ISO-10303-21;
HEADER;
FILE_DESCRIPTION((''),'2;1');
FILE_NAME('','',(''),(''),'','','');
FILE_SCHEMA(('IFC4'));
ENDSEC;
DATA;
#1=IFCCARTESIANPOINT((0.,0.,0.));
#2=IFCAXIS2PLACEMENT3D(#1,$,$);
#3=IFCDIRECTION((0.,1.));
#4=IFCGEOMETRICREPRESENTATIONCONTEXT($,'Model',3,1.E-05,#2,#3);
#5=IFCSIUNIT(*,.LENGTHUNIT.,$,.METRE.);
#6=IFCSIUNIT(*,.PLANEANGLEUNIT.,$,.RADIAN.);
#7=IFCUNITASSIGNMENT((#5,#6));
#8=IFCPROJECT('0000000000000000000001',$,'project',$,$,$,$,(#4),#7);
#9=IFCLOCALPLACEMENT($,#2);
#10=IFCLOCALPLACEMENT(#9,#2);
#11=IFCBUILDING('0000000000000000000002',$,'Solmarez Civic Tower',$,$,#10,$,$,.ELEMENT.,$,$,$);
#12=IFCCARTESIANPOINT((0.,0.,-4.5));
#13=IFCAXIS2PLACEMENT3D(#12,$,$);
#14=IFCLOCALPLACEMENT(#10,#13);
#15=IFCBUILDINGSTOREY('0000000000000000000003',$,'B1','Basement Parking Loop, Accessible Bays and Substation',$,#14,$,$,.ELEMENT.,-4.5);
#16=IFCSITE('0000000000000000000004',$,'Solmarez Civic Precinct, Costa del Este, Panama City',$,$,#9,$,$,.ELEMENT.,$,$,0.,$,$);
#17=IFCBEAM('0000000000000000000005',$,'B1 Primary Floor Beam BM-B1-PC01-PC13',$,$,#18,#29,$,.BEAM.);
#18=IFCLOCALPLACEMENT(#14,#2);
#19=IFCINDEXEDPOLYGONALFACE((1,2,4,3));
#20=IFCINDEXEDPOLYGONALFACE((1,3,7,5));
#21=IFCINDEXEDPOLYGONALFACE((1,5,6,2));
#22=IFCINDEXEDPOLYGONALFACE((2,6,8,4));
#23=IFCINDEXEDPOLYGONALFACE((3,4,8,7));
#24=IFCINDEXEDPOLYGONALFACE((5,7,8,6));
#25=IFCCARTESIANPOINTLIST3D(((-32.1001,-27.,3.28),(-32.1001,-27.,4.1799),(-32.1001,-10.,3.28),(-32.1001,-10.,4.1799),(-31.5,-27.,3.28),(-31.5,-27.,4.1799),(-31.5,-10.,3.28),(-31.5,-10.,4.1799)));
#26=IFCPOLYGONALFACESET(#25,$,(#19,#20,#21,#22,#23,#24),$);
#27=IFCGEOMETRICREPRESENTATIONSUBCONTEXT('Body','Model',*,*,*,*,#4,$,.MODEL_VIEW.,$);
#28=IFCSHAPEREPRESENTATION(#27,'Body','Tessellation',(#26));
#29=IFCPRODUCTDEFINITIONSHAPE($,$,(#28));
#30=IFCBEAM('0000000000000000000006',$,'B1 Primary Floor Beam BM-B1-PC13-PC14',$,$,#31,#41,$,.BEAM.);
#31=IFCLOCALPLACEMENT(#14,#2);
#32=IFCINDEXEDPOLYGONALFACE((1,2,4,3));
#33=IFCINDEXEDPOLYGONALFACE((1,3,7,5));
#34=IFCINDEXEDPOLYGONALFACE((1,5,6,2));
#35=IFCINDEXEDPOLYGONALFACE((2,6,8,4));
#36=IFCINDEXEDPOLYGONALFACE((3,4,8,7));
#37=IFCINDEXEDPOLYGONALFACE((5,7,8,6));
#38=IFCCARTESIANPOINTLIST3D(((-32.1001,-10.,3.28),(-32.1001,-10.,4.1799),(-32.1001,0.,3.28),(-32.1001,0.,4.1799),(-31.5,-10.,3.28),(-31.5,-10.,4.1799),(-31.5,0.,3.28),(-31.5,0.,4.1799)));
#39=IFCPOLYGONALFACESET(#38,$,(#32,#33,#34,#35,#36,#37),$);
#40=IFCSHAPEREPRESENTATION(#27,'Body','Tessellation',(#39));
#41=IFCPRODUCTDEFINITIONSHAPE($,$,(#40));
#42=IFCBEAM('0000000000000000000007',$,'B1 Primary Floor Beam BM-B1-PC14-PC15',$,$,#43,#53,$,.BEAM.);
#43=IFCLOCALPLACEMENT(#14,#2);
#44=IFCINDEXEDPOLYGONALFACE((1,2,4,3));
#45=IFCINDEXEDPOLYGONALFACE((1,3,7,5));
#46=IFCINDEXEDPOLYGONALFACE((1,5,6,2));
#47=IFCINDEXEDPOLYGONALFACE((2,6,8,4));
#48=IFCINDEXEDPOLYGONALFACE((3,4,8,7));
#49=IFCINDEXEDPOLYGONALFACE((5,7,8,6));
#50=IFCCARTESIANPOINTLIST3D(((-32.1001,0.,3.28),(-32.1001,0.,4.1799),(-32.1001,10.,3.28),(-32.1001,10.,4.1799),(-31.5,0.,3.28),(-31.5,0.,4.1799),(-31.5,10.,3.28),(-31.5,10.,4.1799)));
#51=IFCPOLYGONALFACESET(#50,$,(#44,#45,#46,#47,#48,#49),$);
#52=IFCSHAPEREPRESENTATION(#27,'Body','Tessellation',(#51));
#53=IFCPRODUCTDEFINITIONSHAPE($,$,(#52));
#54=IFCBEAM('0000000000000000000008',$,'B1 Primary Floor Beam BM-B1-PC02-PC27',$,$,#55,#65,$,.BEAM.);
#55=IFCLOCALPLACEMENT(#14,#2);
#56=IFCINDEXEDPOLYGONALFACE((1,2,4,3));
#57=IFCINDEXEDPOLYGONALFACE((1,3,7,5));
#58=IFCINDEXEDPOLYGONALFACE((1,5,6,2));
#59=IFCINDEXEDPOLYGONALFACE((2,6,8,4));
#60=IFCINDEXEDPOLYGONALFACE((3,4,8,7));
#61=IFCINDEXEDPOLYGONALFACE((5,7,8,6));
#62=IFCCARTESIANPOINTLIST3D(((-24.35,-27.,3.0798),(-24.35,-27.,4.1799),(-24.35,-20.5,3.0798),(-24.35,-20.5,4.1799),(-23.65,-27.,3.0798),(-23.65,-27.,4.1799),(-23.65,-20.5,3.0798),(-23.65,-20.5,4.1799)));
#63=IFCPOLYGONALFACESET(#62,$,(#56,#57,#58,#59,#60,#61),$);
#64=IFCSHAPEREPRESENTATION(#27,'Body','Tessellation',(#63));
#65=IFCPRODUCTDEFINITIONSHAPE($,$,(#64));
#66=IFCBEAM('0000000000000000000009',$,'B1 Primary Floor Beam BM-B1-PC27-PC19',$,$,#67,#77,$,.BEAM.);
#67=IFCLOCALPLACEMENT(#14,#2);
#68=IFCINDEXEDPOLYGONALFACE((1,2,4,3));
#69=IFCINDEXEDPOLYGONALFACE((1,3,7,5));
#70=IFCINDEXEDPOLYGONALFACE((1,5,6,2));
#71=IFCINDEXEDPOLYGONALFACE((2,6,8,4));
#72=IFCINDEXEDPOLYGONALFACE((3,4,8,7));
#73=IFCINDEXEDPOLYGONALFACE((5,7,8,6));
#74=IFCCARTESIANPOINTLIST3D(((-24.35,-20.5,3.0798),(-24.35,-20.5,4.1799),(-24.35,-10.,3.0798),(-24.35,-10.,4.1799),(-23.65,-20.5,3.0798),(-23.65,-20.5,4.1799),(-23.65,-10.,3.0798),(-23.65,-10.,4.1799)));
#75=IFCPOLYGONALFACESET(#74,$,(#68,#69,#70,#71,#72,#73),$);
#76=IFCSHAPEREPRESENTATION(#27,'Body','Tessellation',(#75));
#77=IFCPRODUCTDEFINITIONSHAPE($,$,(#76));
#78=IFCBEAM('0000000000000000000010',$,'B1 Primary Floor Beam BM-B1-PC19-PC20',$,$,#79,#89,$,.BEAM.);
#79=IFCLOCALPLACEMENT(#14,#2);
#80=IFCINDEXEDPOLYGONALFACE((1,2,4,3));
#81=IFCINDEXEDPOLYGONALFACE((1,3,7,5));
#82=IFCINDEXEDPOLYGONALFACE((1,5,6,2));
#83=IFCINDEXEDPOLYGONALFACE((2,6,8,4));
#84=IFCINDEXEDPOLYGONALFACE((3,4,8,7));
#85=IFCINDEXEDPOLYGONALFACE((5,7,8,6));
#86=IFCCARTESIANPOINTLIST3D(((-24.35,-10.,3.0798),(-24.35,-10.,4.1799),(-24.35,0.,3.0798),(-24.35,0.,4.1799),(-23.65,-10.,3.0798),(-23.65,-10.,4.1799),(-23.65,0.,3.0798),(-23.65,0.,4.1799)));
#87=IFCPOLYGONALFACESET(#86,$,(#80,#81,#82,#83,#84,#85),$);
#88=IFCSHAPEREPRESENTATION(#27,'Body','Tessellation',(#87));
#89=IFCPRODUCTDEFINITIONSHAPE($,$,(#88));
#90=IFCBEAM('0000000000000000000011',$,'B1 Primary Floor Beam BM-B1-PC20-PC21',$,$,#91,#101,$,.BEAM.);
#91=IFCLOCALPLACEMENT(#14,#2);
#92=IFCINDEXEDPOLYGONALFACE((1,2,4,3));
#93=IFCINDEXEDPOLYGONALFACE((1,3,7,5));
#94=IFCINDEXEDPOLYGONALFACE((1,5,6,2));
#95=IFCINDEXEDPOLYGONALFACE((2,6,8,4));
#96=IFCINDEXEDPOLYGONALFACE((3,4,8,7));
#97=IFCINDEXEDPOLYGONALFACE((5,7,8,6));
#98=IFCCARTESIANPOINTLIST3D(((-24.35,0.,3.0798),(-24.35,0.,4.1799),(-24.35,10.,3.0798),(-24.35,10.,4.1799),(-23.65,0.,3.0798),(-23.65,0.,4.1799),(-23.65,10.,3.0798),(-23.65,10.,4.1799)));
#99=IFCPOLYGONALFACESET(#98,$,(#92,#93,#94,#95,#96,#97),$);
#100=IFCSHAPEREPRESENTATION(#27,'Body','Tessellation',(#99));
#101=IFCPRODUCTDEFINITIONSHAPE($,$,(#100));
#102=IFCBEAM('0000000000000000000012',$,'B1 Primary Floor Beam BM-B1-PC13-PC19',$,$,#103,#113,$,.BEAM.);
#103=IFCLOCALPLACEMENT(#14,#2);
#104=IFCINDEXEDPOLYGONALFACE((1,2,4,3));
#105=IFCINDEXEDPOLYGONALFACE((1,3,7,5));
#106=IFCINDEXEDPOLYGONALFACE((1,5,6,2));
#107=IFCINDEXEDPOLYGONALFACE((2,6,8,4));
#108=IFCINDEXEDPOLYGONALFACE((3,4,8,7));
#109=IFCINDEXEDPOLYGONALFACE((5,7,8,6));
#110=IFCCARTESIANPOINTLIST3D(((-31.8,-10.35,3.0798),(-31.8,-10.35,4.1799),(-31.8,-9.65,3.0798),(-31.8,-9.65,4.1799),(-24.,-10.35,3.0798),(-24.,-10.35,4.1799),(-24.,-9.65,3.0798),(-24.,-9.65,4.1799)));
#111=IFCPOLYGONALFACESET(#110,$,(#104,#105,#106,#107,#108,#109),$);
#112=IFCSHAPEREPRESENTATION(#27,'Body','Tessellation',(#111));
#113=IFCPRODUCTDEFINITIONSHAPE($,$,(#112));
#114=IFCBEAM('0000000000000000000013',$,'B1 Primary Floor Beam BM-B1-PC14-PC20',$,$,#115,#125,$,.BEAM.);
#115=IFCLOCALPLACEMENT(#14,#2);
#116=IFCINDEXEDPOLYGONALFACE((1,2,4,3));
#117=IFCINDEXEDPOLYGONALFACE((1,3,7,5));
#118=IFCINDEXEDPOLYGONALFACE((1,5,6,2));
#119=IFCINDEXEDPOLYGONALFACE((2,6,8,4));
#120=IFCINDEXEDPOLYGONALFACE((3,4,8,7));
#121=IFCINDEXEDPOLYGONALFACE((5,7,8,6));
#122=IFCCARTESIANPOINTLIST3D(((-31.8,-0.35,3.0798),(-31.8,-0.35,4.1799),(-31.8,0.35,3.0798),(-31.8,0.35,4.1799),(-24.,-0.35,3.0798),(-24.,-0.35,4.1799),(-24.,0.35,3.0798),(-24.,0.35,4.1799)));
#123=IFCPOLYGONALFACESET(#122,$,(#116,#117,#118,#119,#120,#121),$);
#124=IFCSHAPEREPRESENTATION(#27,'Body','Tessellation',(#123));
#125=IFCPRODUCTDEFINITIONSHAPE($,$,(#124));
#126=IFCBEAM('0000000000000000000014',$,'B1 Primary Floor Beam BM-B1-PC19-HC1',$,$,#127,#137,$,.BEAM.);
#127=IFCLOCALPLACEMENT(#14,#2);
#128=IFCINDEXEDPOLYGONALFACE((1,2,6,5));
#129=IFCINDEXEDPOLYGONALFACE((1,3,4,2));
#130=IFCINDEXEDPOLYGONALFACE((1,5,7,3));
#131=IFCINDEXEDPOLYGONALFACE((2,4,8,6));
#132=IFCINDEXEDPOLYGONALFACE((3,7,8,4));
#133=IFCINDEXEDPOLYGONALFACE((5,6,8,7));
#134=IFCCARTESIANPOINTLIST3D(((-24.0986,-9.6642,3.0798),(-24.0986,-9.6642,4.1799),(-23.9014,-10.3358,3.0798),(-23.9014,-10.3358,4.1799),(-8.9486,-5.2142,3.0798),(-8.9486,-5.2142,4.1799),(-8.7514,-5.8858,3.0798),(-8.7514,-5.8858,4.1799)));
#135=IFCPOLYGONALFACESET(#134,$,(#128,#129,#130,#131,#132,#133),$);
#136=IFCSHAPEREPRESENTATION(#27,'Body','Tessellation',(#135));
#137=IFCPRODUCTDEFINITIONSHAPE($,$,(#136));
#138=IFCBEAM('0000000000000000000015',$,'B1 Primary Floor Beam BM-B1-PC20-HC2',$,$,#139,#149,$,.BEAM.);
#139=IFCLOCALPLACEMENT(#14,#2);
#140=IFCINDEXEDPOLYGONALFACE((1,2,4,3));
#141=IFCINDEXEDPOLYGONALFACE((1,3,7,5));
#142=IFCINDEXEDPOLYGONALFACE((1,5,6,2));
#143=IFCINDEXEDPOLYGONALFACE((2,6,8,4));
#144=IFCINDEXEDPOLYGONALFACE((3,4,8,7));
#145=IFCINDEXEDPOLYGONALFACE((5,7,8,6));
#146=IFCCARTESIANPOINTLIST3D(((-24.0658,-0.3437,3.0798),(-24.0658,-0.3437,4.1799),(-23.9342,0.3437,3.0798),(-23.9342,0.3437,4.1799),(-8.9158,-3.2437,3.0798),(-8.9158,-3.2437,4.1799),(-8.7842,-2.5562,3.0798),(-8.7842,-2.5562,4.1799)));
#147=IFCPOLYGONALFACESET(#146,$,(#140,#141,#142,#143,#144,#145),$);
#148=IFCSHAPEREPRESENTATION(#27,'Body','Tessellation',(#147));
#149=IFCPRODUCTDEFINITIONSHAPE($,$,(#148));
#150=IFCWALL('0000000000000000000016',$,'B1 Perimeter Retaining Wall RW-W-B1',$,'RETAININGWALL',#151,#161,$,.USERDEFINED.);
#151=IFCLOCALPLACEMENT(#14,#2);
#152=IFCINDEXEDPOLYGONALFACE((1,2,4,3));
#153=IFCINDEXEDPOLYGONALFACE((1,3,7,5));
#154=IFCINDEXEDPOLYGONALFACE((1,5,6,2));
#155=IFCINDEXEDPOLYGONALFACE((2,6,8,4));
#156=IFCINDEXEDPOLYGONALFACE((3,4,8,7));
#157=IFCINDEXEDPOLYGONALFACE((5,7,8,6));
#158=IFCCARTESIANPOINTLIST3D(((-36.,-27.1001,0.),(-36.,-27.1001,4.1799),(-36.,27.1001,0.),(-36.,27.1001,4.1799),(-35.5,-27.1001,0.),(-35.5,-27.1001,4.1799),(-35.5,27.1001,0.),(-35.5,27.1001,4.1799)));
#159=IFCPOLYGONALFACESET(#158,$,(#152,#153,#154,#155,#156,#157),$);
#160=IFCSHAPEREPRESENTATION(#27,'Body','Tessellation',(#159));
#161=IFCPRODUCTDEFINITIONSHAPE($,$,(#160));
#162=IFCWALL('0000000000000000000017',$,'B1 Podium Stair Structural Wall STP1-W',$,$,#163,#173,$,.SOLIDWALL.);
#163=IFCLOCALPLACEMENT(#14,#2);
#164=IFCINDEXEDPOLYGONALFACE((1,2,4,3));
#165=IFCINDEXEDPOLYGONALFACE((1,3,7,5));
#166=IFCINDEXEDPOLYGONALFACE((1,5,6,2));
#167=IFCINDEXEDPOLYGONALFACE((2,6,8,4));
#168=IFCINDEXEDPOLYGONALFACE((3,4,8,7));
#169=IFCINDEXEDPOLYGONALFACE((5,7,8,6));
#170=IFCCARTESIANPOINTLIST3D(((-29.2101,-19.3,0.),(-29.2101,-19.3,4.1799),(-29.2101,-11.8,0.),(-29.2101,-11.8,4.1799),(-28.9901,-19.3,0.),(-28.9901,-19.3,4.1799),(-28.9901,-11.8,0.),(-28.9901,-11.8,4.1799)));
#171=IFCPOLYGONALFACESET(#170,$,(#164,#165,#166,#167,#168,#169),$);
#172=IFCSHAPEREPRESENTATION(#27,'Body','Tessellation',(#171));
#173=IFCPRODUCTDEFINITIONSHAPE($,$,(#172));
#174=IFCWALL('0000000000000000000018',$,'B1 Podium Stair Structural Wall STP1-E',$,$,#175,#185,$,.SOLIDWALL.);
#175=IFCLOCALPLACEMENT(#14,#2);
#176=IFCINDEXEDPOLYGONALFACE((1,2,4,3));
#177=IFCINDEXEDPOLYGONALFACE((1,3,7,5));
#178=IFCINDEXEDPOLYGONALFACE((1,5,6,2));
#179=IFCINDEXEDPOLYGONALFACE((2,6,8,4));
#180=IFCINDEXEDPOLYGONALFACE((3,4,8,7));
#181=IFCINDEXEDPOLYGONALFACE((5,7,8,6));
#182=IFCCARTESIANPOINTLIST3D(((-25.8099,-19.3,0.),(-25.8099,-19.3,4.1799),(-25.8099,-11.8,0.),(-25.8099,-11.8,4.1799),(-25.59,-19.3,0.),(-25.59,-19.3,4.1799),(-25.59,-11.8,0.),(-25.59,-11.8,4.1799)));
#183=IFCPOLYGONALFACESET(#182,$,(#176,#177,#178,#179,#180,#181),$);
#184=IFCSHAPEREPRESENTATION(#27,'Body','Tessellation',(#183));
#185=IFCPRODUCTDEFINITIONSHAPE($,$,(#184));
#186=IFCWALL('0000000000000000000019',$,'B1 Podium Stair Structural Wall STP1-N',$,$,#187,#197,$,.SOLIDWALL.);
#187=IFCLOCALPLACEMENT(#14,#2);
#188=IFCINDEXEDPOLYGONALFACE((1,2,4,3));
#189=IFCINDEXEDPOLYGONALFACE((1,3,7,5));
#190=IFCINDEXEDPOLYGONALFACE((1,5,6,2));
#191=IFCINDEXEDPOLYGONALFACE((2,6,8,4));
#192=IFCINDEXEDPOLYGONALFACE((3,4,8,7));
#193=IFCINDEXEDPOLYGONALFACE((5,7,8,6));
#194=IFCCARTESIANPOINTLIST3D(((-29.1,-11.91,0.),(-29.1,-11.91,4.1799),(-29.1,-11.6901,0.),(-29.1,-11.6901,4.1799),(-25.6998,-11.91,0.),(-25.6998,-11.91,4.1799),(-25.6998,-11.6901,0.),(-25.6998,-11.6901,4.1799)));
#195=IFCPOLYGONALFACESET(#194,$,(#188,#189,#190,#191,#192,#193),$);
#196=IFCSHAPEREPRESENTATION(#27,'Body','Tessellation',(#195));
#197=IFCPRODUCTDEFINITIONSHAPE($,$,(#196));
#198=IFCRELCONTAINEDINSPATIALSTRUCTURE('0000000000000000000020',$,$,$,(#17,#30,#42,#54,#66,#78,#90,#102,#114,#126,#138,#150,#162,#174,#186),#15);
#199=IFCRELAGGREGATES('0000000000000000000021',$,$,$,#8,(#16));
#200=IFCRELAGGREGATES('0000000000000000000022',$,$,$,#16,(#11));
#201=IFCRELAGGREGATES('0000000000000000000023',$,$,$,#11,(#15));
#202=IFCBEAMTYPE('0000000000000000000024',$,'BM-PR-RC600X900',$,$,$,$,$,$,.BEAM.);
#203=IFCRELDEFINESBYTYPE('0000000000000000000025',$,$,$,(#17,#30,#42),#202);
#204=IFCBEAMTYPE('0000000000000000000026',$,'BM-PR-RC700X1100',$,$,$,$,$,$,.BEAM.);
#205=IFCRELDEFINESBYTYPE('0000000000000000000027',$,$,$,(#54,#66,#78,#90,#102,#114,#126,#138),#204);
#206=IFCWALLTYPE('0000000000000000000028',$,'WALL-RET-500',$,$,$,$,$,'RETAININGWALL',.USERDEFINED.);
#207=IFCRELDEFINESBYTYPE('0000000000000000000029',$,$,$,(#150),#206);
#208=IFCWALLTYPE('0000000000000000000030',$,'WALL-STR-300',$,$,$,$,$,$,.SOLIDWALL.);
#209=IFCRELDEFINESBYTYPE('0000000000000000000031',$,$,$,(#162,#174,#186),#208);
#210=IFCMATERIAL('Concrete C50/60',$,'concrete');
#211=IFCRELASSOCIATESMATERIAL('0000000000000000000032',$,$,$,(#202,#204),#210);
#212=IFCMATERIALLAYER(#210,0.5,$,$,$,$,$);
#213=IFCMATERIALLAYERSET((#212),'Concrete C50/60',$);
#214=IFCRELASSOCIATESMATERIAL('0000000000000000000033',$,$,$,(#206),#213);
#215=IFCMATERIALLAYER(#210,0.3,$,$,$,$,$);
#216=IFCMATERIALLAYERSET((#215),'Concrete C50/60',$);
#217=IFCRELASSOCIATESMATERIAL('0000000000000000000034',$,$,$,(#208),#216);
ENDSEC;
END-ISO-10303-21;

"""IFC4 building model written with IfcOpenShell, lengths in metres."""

from ifc_helpers import new_model, si_unit, direction, frame, frame_2d, origin, origin_2d, place, context, subcontext, project, spatial, rectangle, extrude, material, layer, layer_set, material_profile, profile_set, type_object, element, save


model = new_model("IFC4")

# Units and contexts
model_context = context("Model", 3, precision=1e-05, world=origin(), true_north=direction((0.0, 1.0)))
body_context = subcontext(model_context, "Body", "Model", "MODEL_VIEW")
ifc_project = project(units=[si_unit("LENGTHUNIT", "METRE"), si_unit("PLANEANGLEUNIT", "RADIAN")], contexts=[model_context])

# Site, building, storey
site_placement = place(None, origin())
site = spatial("IfcSite", under=ifc_project, at=site_placement, Name="Solmarez Civic Precinct, Costa del Este, Panama City", CompositionType="ELEMENT", RefElevation=0.0)
building_placement = place(site_placement, origin())
building = spatial("IfcBuilding", under=site, at=building_placement, Name="Solmarez Civic Tower", CompositionType="ELEMENT")
storey_placement = place(building_placement, frame((0.0, 0.0, -4.5)))
storey = spatial("IfcBuildingStorey", under=building, at=storey_placement, Name="B1", Description="Basement Parking Loop, Accessible Bays and Substation", CompositionType="ELEMENT", Elevation=-4.5)

# Shared definitions
ifc_material_1 = material(Name="Concrete C50/60", Category="concrete")

# Beams
ifc_material_profile_1 = material_profile(ifc_material_1, rectangle(XDim=0.6001, YDim=0.8999, at=origin_2d()), Name="RC600X900")
ifc_profile_set_1 = profile_set([ifc_material_profile_1], Name="Concrete C50/60")
beam_type_1 = type_object("IfcBeamType", Name="BM-PR-RC600X900", PredefinedType="BEAM", material=ifc_profile_set_1)
beam_1_placement = place(storey_placement, frame((-31.8, -27.0, 3.73), z_axis=(0.0, 1.0, 0.0), x_axis=(-1.0, 0.0, 0.0)))
element("IfcBeam", 1, at=beam_1_placement, inside=storey, type_object=beam_type_1, Name="B1 Primary Floor Beam BM-B1-PC01-PC13", PredefinedType="BEAM", context=body_context, shape_type="SweptSolid", body=[
    extrude(rectangle(XDim=0.6001, YDim=0.8999, at=origin_2d()), origin(), (0.0, 0.0, 1.0), 17.0),
])
for number, where, z_axis, x_axis, name in (
    (2, (-31.8, -10.0, 3.73), (0.0, 1.0, 0.0), (-1.0, 0.0, 0.0), "B1 Primary Floor Beam BM-B1-PC13-PC14"),
    (3, (-31.8, 0.0, 3.73), (0.0, 1.0, 0.0), (-1.0, 0.0, 0.0), "B1 Primary Floor Beam BM-B1-PC14-PC15"),
):
    element("IfcBeam", number, at=place(storey_placement, frame(where, z_axis=z_axis, x_axis=x_axis)), inside=storey, type_object=beam_type_1, Name=name, PredefinedType="BEAM", context=body_context, shape_type="SweptSolid", body=[
        extrude(rectangle(XDim=0.6001, YDim=0.8999, at=origin_2d()), origin(), (0.0, 0.0, 1.0), 10.0),
    ])
ifc_material_profile_2 = material_profile(ifc_material_1, rectangle(XDim=0.7, YDim=1.1001, at=origin_2d()), Name="RC700X1100")
ifc_profile_set_2 = profile_set([ifc_material_profile_2], Name="Concrete C50/60")
beam_type_2 = type_object("IfcBeamType", Name="BM-PR-RC700X1100", PredefinedType="BEAM", material=ifc_profile_set_2)
beam_2_placement = place(storey_placement, frame((-24.0, -27.0, 3.6299), z_axis=(0.0, 1.0, 0.0), x_axis=(-1.0, 0.0, 0.0)))
element("IfcBeam", 4, at=beam_2_placement, inside=storey, type_object=beam_type_2, Name="B1 Primary Floor Beam BM-B1-PC02-PC27", PredefinedType="BEAM", context=body_context, shape_type="SweptSolid", body=[
    extrude(rectangle(XDim=0.7, YDim=1.1001, at=origin_2d()), origin(), (0.0, 0.0, 1.0), 6.5),
])
beam_3_placement = place(storey_placement, frame((-24.0, -20.5, 3.6299), z_axis=(0.0, 1.0, 0.0), x_axis=(-1.0, 0.0, 0.0)))
element("IfcBeam", 5, at=beam_3_placement, inside=storey, type_object=beam_type_2, Name="B1 Primary Floor Beam BM-B1-PC27-PC19", PredefinedType="BEAM", context=body_context, shape_type="SweptSolid", body=[
    extrude(rectangle(XDim=0.7, YDim=1.1001, at=origin_2d()), origin(), (0.0, 0.0, 1.0), 10.5),
])
for number, where, z_axis, x_axis, name in (
    (6, (-24.0, -10.0, 3.6299), (0.0, 1.0, 0.0), (-1.0, 0.0, 0.0), "B1 Primary Floor Beam BM-B1-PC19-PC20"),
    (7, (-24.0, 0.0, 3.6299), (0.0, 1.0, 0.0), (-1.0, 0.0, 0.0), "B1 Primary Floor Beam BM-B1-PC20-PC21"),
):
    element("IfcBeam", number, at=place(storey_placement, frame(where, z_axis=z_axis, x_axis=x_axis)), inside=storey, type_object=beam_type_2, Name=name, PredefinedType="BEAM", context=body_context, shape_type="SweptSolid", body=[
        extrude(rectangle(XDim=0.7, YDim=1.1001, at=origin_2d()), origin(), (0.0, 0.0, 1.0), 10.0),
    ])
for number, where, z_axis, x_axis, name in (
    (8, (-31.8, -10.0, 3.6299), (1.0, 0.0, 0.0), (0.0, 1.0, 0.0), "B1 Primary Floor Beam BM-B1-PC13-PC19"),
    (9, (-31.8, 0.0, 3.6299), (1.0, 0.0, 0.0), (0.0, 1.0, 0.0), "B1 Primary Floor Beam BM-B1-PC14-PC20"),
):
    element("IfcBeam", number, at=place(storey_placement, frame(where, z_axis=z_axis, x_axis=x_axis)), inside=storey, type_object=beam_type_2, Name=name, PredefinedType="BEAM", context=body_context, shape_type="SweptSolid", body=[
        extrude(rectangle(XDim=0.7, YDim=1.1001, at=origin_2d()), origin(), (0.0, 0.0, 1.0), 7.8),
    ])
beam_4_placement = place(storey_placement, frame((-24.0, -10.0, 3.6299), z_axis=(0.959467, 0.281822, 0.0), x_axis=(-0.281822, 0.959467, 0.0)))
element("IfcBeam", 10, at=beam_4_placement, inside=storey, type_object=beam_type_2, Name="B1 Primary Floor Beam BM-B1-PC19-HC1", PredefinedType="BEAM", context=body_context, shape_type="SweptSolid", body=[
    extrude(rectangle(XDim=0.7, YDim=1.1001, at=origin_2d()), origin(), (0.0, 0.0, 1.0), 15.79),
])
beam_5_placement = place(storey_placement, frame((-24.0, 0.0, 3.6299), z_axis=(0.982169, -0.188001, 0.0), x_axis=(0.188001, 0.982169, 0.0)))
element("IfcBeam", 11, at=beam_5_placement, inside=storey, type_object=beam_type_2, Name="B1 Primary Floor Beam BM-B1-PC20-HC2", PredefinedType="BEAM", context=body_context, shape_type="SweptSolid", body=[
    extrude(rectangle(XDim=0.7, YDim=1.1001, at=origin_2d()), origin(), (0.0, 0.0, 1.0), 15.425),
])

# Walls
ifc_layer_1 = layer(ifc_material_1, 0.5)
ifc_layer_set_1 = layer_set([ifc_layer_1], Name="Concrete C50/60")
wall_type_1 = type_object("IfcWallType", Name="WALL-RET-500", ElementType="RETAININGWALL", PredefinedType="USERDEFINED", material=ifc_layer_set_1)
wall_1_placement = place(storey_placement, frame((-35.75, -27.1001, 0.0), z_axis=(0.0, 0.0, 1.0), x_axis=(0.0, 1.0, 0.0)))
element("IfcWall", 12, at=wall_1_placement, inside=storey, type_object=wall_type_1, Name="B1 Perimeter Retaining Wall RW-W-B1", ObjectType="RETAININGWALL", PredefinedType="USERDEFINED", context=body_context, shape_type="SweptSolid", body=[
    extrude(rectangle(XDim=54.2002, YDim=0.5, at=frame_2d((27.1001, 0.0))), origin(), (0.0, 0.0, 1.0), 4.1799),
])
ifc_layer_2 = layer(ifc_material_1, 0.3)
ifc_layer_set_2 = layer_set([ifc_layer_2], Name="Concrete C50/60")
wall_type_2 = type_object("IfcWallType", Name="WALL-STR-300", PredefinedType="SOLIDWALL", material=ifc_layer_set_2)
for number, where, z_axis, x_axis, name in (
    (13, (-29.1001, -19.3, 0.0), (0.0, 0.0, 1.0), (0.0, 1.0, 0.0), "B1 Podium Stair Structural Wall STP1-W"),
    (14, (-25.7, -19.3, 0.0), (0.0, 0.0, 1.0), (0.0, 1.0, 0.0), "B1 Podium Stair Structural Wall STP1-E"),
):
    element("IfcWall", number, at=place(storey_placement, frame(where, z_axis=z_axis, x_axis=x_axis)), inside=storey, type_object=wall_type_2, Name=name, PredefinedType="SOLIDWALL", context=body_context, shape_type="SweptSolid", body=[
        extrude(rectangle(XDim=7.5, YDim=0.22, at=frame_2d((3.75, 0.0))), origin(), (0.0, 0.0, 1.0), 4.1799),
    ])
wall_2_placement = place(storey_placement, frame((-29.1001, -11.8, 0.0), z_axis=(0.0, 0.0, 1.0), x_axis=(1.0, 0.0, 0.0)))
element("IfcWall", 15, at=wall_2_placement, inside=storey, type_object=wall_type_2, Name="B1 Podium Stair Structural Wall STP1-N", PredefinedType="SOLIDWALL", context=body_context, shape_type="SweptSolid", body=[
    extrude(rectangle(XDim=3.4001, YDim=0.22, at=frame_2d((1.7002, 0.0))), origin(), (0.0, 0.0, 1.0), 4.1799),
])

save(model, "model.ifc")
